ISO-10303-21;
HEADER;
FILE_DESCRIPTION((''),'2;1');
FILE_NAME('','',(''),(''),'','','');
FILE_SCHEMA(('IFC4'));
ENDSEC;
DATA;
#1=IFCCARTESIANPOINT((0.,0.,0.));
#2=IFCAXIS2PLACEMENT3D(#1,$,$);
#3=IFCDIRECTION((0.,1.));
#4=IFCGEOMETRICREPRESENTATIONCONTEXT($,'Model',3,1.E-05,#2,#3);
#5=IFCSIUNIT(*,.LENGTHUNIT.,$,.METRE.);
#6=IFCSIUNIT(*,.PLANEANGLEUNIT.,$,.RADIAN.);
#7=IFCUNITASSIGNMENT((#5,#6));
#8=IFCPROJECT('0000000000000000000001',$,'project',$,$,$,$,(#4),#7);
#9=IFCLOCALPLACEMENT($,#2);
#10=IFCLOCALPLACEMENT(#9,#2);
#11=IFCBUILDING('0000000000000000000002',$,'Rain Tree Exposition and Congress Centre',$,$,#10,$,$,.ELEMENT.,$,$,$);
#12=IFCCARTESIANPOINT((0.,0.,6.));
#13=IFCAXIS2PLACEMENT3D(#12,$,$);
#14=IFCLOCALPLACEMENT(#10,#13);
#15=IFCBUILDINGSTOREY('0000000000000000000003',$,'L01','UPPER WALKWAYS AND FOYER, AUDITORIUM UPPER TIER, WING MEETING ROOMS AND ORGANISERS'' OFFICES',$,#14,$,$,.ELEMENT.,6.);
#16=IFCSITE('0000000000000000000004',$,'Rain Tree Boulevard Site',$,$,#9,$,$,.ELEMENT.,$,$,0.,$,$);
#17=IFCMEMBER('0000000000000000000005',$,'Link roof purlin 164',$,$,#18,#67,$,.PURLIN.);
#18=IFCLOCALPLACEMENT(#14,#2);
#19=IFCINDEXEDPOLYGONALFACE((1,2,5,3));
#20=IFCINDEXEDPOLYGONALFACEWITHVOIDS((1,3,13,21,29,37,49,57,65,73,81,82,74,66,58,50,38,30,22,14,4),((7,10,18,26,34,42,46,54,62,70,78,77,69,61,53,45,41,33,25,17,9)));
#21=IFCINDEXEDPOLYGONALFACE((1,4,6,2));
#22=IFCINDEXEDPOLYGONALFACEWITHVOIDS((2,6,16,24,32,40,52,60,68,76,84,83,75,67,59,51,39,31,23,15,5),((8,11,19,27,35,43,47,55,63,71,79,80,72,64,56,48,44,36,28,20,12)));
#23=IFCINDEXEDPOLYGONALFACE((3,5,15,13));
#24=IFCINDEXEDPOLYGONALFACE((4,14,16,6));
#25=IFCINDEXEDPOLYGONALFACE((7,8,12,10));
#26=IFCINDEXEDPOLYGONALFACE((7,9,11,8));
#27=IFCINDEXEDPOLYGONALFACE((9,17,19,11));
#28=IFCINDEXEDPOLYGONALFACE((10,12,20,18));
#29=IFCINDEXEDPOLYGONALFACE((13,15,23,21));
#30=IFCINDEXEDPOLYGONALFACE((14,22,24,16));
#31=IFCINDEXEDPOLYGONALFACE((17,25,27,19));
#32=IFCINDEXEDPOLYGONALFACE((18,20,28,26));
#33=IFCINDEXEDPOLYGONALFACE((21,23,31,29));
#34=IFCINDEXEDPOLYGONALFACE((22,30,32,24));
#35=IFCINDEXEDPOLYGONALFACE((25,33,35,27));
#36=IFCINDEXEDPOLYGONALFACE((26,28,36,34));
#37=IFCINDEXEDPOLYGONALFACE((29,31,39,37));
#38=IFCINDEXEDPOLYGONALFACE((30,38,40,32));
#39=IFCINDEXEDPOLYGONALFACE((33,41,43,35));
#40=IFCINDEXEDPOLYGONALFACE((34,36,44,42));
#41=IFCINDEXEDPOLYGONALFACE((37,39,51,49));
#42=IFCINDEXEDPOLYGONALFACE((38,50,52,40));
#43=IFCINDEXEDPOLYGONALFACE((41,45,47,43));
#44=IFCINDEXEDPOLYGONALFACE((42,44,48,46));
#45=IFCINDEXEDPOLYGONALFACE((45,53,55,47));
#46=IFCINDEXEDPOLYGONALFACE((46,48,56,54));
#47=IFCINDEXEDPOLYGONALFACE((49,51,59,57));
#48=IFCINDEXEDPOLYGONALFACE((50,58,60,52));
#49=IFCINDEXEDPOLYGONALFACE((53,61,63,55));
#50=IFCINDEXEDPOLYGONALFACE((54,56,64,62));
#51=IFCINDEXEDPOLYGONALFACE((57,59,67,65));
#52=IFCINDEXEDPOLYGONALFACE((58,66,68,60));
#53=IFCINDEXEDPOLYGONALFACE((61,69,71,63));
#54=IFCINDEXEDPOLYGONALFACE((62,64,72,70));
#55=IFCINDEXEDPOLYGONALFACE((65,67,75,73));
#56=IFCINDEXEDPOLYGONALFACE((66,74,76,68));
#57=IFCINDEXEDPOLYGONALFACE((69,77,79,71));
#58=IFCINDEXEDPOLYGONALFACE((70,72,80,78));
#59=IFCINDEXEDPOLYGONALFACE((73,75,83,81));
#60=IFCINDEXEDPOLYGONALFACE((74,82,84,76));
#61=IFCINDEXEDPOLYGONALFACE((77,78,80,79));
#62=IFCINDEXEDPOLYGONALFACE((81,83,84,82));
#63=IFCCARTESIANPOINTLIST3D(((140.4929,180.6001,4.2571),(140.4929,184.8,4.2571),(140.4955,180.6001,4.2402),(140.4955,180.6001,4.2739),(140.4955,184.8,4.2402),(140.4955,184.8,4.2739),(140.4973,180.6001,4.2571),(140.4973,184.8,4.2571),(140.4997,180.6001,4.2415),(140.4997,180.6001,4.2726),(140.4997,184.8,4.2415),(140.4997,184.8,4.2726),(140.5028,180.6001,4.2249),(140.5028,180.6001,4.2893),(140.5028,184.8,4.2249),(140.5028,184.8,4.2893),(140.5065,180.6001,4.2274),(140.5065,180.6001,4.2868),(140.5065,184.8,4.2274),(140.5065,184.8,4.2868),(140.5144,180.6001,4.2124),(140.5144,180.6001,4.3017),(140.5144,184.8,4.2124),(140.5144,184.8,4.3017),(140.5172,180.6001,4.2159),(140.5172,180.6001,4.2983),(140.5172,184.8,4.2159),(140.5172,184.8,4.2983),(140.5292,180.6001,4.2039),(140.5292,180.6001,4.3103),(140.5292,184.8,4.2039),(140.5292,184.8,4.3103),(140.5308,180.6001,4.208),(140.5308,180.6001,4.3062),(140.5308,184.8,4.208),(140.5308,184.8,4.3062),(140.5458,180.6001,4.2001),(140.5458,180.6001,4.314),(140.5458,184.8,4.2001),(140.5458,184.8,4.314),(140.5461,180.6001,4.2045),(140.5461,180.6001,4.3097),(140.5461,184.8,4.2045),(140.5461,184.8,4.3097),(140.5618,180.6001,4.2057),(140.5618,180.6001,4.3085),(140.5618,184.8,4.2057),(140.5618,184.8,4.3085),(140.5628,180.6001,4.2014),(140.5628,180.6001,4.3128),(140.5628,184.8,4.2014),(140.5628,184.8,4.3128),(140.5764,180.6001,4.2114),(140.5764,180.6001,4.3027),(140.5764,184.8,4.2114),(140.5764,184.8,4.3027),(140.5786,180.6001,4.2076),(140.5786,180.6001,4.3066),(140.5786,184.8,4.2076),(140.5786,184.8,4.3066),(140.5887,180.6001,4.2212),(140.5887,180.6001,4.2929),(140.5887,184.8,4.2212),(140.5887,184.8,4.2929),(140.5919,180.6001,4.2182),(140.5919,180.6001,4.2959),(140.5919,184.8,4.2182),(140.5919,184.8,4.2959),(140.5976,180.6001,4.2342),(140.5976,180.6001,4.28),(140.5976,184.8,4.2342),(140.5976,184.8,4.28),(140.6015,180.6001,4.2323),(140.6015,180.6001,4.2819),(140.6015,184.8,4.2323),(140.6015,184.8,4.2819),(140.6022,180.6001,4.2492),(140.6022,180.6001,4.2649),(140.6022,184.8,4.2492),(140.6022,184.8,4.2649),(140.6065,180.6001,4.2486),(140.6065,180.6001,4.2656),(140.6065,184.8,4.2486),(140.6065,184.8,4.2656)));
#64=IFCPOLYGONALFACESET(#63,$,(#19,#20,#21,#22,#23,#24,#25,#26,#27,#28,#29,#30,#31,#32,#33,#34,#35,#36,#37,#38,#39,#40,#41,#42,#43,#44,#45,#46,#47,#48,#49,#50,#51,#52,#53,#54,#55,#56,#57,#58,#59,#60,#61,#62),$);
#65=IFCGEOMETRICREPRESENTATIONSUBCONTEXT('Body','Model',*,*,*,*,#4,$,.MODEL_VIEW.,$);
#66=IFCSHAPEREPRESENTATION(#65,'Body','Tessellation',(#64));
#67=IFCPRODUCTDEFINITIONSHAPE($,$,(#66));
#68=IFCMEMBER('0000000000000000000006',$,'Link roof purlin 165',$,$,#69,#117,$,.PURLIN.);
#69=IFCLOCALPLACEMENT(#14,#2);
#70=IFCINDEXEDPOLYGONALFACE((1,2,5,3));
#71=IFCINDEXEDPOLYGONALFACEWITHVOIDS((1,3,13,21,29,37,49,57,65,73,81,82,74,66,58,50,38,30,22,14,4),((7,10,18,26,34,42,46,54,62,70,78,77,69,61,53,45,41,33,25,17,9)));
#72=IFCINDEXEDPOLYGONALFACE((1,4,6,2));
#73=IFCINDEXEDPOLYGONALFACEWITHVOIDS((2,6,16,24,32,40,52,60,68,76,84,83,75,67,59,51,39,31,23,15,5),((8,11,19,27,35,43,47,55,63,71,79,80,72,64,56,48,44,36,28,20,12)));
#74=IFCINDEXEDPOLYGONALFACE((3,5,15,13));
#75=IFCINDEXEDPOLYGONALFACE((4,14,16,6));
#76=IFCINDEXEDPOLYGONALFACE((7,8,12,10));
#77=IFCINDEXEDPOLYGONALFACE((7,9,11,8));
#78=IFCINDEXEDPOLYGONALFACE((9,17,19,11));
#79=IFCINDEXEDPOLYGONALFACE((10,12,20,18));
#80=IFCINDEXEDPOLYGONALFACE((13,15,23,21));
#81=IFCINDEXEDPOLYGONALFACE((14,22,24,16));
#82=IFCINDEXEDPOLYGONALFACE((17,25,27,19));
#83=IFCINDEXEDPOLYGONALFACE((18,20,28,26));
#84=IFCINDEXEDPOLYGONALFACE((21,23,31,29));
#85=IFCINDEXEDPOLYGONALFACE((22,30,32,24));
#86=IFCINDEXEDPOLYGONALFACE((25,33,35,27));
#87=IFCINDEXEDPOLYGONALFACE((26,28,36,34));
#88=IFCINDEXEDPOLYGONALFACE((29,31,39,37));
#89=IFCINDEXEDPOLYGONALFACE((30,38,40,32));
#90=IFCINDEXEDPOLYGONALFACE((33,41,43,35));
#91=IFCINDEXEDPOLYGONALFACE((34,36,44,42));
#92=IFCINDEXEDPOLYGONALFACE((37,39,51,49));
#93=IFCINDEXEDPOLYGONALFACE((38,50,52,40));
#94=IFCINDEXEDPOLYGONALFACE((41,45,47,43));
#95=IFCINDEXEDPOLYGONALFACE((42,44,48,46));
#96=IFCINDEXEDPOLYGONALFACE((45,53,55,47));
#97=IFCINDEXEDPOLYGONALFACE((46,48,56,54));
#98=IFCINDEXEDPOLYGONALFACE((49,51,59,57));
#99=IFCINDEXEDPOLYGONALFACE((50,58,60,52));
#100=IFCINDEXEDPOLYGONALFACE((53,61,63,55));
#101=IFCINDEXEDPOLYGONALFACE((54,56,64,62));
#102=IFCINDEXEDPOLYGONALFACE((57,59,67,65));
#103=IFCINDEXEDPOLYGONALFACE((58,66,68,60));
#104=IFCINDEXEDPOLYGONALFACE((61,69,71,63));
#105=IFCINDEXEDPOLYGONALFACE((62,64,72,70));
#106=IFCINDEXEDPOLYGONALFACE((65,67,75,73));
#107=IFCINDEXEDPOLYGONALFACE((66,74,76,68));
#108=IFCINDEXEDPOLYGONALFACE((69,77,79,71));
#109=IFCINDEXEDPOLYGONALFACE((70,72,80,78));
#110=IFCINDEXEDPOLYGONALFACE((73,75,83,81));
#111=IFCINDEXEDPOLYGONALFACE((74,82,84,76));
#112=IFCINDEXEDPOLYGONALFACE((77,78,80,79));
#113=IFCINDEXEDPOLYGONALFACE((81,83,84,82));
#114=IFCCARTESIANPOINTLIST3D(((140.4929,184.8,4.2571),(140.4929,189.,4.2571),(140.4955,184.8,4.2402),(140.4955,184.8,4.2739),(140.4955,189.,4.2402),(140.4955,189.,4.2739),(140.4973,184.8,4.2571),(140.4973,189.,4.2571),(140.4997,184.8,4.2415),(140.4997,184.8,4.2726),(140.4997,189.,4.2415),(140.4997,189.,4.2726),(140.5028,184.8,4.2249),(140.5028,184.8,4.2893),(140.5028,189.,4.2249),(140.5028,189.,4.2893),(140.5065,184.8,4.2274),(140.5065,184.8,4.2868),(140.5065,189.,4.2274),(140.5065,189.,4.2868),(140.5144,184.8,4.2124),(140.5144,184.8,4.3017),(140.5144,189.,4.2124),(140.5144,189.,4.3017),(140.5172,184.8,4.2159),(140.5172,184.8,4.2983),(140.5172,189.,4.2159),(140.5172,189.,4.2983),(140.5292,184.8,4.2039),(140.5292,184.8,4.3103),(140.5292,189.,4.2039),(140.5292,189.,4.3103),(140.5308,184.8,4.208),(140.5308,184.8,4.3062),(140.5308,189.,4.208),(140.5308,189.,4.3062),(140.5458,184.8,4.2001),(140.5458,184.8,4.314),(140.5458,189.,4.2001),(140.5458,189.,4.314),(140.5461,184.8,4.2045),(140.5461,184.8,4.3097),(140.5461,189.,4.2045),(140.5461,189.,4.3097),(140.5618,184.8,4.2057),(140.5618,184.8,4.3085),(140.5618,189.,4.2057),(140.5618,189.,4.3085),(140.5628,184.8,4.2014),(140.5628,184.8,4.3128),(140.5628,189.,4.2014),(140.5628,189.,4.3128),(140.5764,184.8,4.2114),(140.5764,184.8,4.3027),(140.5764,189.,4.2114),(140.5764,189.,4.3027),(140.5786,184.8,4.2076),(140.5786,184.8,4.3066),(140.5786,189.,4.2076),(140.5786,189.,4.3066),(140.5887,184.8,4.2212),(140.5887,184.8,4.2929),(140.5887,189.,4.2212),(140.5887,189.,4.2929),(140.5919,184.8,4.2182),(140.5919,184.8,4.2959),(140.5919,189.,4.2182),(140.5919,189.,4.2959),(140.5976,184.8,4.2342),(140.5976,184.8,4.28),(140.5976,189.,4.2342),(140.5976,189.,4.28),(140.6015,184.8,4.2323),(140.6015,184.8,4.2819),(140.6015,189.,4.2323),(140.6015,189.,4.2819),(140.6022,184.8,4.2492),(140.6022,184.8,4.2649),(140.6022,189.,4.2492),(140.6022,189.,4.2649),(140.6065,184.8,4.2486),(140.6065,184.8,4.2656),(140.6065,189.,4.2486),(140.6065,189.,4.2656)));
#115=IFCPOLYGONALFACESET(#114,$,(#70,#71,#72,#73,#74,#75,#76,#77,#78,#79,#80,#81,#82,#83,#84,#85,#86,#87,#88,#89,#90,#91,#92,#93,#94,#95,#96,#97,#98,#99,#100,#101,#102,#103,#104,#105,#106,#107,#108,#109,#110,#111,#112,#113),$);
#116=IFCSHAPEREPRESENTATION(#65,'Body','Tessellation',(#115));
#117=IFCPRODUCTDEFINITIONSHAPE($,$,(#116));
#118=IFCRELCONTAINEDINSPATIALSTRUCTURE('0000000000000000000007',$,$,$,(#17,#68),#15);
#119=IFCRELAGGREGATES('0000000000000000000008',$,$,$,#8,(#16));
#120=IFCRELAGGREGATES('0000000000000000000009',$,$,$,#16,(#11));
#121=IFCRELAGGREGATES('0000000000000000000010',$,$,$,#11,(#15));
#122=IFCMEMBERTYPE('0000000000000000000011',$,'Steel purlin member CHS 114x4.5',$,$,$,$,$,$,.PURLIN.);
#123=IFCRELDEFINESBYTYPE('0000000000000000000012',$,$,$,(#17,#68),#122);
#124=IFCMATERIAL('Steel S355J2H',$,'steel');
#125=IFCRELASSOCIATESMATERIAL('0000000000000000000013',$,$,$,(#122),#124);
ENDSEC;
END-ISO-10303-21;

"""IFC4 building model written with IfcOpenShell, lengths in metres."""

from ifc_helpers import new_model, si_unit, direction, frame, origin, origin_2d, place, context, subcontext, project, spatial, hollow_circle, extrude, material, material_profile, profile_set, type_object, element, save


model = new_model("IFC4")

# Units and contexts
model_context = context("Model", 3, precision=1e-05, world=origin(), true_north=direction((0.0, 1.0)))
body_context = subcontext(model_context, "Body", "Model", "MODEL_VIEW")
ifc_project = project(units=[si_unit("LENGTHUNIT", "METRE"), si_unit("PLANEANGLEUNIT", "RADIAN")], contexts=[model_context])

# Site, building, storey
site_placement = place(None, origin())
site = spatial("IfcSite", under=ifc_project, at=site_placement, Name="Rain Tree Boulevard Site", CompositionType="ELEMENT", RefElevation=0.0)
building_placement = place(site_placement, origin())
building = spatial("IfcBuilding", under=site, at=building_placement, Name="Rain Tree Exposition and Congress Centre", CompositionType="ELEMENT")
storey_placement = place(building_placement, frame((0.0, 0.0, 6.0)))
storey = spatial("IfcBuildingStorey", under=building, at=storey_placement, Name="L01", Description="UPPER WALKWAYS AND FOYER, AUDITORIUM UPPER TIER, WING MEETING ROOMS AND ORGANISERS' OFFICES", CompositionType="ELEMENT", Elevation=6.0)

# Members
ifc_material_1 = material(Name="Steel S355J2H", Category="steel")
ifc_material_profile = material_profile(ifc_material_1, hollow_circle(Radius=0.0571, WallThickness=0.0044, at=origin_2d()), Name="CHS 114x4.5")
ifc_profile_set = profile_set([ifc_material_profile], Name="Steel S355J2H")
member_type = type_object("IfcMemberType", Name="Steel purlin member CHS 114x4.5", PredefinedType="PURLIN", material=ifc_profile_set)
for number, where, z_axis, x_axis, name in (
    (1, (140.55, 180.6001, 4.2571), (0.0, 1.0, 0.0), (-1.0, 0.0, 0.0), "Link roof purlin 164"),
    (2, (140.55, 184.8, 4.2571), (0.0, 1.0, 0.0), (-1.0, 0.0, 0.0), "Link roof purlin 165"),
):
    element("IfcMember", number, at=place(storey_placement, frame(where, z_axis=z_axis, x_axis=x_axis)), inside=storey, type_object=member_type, Name=name, PredefinedType="PURLIN", context=body_context, shape_type="SweptSolid", body=[
        extrude(hollow_circle(Radius=0.0571, WallThickness=0.0044, at=origin_2d()), origin(), (0.0, 0.0, 1.0), 4.2),
    ])

save(model, "model.ifc")
